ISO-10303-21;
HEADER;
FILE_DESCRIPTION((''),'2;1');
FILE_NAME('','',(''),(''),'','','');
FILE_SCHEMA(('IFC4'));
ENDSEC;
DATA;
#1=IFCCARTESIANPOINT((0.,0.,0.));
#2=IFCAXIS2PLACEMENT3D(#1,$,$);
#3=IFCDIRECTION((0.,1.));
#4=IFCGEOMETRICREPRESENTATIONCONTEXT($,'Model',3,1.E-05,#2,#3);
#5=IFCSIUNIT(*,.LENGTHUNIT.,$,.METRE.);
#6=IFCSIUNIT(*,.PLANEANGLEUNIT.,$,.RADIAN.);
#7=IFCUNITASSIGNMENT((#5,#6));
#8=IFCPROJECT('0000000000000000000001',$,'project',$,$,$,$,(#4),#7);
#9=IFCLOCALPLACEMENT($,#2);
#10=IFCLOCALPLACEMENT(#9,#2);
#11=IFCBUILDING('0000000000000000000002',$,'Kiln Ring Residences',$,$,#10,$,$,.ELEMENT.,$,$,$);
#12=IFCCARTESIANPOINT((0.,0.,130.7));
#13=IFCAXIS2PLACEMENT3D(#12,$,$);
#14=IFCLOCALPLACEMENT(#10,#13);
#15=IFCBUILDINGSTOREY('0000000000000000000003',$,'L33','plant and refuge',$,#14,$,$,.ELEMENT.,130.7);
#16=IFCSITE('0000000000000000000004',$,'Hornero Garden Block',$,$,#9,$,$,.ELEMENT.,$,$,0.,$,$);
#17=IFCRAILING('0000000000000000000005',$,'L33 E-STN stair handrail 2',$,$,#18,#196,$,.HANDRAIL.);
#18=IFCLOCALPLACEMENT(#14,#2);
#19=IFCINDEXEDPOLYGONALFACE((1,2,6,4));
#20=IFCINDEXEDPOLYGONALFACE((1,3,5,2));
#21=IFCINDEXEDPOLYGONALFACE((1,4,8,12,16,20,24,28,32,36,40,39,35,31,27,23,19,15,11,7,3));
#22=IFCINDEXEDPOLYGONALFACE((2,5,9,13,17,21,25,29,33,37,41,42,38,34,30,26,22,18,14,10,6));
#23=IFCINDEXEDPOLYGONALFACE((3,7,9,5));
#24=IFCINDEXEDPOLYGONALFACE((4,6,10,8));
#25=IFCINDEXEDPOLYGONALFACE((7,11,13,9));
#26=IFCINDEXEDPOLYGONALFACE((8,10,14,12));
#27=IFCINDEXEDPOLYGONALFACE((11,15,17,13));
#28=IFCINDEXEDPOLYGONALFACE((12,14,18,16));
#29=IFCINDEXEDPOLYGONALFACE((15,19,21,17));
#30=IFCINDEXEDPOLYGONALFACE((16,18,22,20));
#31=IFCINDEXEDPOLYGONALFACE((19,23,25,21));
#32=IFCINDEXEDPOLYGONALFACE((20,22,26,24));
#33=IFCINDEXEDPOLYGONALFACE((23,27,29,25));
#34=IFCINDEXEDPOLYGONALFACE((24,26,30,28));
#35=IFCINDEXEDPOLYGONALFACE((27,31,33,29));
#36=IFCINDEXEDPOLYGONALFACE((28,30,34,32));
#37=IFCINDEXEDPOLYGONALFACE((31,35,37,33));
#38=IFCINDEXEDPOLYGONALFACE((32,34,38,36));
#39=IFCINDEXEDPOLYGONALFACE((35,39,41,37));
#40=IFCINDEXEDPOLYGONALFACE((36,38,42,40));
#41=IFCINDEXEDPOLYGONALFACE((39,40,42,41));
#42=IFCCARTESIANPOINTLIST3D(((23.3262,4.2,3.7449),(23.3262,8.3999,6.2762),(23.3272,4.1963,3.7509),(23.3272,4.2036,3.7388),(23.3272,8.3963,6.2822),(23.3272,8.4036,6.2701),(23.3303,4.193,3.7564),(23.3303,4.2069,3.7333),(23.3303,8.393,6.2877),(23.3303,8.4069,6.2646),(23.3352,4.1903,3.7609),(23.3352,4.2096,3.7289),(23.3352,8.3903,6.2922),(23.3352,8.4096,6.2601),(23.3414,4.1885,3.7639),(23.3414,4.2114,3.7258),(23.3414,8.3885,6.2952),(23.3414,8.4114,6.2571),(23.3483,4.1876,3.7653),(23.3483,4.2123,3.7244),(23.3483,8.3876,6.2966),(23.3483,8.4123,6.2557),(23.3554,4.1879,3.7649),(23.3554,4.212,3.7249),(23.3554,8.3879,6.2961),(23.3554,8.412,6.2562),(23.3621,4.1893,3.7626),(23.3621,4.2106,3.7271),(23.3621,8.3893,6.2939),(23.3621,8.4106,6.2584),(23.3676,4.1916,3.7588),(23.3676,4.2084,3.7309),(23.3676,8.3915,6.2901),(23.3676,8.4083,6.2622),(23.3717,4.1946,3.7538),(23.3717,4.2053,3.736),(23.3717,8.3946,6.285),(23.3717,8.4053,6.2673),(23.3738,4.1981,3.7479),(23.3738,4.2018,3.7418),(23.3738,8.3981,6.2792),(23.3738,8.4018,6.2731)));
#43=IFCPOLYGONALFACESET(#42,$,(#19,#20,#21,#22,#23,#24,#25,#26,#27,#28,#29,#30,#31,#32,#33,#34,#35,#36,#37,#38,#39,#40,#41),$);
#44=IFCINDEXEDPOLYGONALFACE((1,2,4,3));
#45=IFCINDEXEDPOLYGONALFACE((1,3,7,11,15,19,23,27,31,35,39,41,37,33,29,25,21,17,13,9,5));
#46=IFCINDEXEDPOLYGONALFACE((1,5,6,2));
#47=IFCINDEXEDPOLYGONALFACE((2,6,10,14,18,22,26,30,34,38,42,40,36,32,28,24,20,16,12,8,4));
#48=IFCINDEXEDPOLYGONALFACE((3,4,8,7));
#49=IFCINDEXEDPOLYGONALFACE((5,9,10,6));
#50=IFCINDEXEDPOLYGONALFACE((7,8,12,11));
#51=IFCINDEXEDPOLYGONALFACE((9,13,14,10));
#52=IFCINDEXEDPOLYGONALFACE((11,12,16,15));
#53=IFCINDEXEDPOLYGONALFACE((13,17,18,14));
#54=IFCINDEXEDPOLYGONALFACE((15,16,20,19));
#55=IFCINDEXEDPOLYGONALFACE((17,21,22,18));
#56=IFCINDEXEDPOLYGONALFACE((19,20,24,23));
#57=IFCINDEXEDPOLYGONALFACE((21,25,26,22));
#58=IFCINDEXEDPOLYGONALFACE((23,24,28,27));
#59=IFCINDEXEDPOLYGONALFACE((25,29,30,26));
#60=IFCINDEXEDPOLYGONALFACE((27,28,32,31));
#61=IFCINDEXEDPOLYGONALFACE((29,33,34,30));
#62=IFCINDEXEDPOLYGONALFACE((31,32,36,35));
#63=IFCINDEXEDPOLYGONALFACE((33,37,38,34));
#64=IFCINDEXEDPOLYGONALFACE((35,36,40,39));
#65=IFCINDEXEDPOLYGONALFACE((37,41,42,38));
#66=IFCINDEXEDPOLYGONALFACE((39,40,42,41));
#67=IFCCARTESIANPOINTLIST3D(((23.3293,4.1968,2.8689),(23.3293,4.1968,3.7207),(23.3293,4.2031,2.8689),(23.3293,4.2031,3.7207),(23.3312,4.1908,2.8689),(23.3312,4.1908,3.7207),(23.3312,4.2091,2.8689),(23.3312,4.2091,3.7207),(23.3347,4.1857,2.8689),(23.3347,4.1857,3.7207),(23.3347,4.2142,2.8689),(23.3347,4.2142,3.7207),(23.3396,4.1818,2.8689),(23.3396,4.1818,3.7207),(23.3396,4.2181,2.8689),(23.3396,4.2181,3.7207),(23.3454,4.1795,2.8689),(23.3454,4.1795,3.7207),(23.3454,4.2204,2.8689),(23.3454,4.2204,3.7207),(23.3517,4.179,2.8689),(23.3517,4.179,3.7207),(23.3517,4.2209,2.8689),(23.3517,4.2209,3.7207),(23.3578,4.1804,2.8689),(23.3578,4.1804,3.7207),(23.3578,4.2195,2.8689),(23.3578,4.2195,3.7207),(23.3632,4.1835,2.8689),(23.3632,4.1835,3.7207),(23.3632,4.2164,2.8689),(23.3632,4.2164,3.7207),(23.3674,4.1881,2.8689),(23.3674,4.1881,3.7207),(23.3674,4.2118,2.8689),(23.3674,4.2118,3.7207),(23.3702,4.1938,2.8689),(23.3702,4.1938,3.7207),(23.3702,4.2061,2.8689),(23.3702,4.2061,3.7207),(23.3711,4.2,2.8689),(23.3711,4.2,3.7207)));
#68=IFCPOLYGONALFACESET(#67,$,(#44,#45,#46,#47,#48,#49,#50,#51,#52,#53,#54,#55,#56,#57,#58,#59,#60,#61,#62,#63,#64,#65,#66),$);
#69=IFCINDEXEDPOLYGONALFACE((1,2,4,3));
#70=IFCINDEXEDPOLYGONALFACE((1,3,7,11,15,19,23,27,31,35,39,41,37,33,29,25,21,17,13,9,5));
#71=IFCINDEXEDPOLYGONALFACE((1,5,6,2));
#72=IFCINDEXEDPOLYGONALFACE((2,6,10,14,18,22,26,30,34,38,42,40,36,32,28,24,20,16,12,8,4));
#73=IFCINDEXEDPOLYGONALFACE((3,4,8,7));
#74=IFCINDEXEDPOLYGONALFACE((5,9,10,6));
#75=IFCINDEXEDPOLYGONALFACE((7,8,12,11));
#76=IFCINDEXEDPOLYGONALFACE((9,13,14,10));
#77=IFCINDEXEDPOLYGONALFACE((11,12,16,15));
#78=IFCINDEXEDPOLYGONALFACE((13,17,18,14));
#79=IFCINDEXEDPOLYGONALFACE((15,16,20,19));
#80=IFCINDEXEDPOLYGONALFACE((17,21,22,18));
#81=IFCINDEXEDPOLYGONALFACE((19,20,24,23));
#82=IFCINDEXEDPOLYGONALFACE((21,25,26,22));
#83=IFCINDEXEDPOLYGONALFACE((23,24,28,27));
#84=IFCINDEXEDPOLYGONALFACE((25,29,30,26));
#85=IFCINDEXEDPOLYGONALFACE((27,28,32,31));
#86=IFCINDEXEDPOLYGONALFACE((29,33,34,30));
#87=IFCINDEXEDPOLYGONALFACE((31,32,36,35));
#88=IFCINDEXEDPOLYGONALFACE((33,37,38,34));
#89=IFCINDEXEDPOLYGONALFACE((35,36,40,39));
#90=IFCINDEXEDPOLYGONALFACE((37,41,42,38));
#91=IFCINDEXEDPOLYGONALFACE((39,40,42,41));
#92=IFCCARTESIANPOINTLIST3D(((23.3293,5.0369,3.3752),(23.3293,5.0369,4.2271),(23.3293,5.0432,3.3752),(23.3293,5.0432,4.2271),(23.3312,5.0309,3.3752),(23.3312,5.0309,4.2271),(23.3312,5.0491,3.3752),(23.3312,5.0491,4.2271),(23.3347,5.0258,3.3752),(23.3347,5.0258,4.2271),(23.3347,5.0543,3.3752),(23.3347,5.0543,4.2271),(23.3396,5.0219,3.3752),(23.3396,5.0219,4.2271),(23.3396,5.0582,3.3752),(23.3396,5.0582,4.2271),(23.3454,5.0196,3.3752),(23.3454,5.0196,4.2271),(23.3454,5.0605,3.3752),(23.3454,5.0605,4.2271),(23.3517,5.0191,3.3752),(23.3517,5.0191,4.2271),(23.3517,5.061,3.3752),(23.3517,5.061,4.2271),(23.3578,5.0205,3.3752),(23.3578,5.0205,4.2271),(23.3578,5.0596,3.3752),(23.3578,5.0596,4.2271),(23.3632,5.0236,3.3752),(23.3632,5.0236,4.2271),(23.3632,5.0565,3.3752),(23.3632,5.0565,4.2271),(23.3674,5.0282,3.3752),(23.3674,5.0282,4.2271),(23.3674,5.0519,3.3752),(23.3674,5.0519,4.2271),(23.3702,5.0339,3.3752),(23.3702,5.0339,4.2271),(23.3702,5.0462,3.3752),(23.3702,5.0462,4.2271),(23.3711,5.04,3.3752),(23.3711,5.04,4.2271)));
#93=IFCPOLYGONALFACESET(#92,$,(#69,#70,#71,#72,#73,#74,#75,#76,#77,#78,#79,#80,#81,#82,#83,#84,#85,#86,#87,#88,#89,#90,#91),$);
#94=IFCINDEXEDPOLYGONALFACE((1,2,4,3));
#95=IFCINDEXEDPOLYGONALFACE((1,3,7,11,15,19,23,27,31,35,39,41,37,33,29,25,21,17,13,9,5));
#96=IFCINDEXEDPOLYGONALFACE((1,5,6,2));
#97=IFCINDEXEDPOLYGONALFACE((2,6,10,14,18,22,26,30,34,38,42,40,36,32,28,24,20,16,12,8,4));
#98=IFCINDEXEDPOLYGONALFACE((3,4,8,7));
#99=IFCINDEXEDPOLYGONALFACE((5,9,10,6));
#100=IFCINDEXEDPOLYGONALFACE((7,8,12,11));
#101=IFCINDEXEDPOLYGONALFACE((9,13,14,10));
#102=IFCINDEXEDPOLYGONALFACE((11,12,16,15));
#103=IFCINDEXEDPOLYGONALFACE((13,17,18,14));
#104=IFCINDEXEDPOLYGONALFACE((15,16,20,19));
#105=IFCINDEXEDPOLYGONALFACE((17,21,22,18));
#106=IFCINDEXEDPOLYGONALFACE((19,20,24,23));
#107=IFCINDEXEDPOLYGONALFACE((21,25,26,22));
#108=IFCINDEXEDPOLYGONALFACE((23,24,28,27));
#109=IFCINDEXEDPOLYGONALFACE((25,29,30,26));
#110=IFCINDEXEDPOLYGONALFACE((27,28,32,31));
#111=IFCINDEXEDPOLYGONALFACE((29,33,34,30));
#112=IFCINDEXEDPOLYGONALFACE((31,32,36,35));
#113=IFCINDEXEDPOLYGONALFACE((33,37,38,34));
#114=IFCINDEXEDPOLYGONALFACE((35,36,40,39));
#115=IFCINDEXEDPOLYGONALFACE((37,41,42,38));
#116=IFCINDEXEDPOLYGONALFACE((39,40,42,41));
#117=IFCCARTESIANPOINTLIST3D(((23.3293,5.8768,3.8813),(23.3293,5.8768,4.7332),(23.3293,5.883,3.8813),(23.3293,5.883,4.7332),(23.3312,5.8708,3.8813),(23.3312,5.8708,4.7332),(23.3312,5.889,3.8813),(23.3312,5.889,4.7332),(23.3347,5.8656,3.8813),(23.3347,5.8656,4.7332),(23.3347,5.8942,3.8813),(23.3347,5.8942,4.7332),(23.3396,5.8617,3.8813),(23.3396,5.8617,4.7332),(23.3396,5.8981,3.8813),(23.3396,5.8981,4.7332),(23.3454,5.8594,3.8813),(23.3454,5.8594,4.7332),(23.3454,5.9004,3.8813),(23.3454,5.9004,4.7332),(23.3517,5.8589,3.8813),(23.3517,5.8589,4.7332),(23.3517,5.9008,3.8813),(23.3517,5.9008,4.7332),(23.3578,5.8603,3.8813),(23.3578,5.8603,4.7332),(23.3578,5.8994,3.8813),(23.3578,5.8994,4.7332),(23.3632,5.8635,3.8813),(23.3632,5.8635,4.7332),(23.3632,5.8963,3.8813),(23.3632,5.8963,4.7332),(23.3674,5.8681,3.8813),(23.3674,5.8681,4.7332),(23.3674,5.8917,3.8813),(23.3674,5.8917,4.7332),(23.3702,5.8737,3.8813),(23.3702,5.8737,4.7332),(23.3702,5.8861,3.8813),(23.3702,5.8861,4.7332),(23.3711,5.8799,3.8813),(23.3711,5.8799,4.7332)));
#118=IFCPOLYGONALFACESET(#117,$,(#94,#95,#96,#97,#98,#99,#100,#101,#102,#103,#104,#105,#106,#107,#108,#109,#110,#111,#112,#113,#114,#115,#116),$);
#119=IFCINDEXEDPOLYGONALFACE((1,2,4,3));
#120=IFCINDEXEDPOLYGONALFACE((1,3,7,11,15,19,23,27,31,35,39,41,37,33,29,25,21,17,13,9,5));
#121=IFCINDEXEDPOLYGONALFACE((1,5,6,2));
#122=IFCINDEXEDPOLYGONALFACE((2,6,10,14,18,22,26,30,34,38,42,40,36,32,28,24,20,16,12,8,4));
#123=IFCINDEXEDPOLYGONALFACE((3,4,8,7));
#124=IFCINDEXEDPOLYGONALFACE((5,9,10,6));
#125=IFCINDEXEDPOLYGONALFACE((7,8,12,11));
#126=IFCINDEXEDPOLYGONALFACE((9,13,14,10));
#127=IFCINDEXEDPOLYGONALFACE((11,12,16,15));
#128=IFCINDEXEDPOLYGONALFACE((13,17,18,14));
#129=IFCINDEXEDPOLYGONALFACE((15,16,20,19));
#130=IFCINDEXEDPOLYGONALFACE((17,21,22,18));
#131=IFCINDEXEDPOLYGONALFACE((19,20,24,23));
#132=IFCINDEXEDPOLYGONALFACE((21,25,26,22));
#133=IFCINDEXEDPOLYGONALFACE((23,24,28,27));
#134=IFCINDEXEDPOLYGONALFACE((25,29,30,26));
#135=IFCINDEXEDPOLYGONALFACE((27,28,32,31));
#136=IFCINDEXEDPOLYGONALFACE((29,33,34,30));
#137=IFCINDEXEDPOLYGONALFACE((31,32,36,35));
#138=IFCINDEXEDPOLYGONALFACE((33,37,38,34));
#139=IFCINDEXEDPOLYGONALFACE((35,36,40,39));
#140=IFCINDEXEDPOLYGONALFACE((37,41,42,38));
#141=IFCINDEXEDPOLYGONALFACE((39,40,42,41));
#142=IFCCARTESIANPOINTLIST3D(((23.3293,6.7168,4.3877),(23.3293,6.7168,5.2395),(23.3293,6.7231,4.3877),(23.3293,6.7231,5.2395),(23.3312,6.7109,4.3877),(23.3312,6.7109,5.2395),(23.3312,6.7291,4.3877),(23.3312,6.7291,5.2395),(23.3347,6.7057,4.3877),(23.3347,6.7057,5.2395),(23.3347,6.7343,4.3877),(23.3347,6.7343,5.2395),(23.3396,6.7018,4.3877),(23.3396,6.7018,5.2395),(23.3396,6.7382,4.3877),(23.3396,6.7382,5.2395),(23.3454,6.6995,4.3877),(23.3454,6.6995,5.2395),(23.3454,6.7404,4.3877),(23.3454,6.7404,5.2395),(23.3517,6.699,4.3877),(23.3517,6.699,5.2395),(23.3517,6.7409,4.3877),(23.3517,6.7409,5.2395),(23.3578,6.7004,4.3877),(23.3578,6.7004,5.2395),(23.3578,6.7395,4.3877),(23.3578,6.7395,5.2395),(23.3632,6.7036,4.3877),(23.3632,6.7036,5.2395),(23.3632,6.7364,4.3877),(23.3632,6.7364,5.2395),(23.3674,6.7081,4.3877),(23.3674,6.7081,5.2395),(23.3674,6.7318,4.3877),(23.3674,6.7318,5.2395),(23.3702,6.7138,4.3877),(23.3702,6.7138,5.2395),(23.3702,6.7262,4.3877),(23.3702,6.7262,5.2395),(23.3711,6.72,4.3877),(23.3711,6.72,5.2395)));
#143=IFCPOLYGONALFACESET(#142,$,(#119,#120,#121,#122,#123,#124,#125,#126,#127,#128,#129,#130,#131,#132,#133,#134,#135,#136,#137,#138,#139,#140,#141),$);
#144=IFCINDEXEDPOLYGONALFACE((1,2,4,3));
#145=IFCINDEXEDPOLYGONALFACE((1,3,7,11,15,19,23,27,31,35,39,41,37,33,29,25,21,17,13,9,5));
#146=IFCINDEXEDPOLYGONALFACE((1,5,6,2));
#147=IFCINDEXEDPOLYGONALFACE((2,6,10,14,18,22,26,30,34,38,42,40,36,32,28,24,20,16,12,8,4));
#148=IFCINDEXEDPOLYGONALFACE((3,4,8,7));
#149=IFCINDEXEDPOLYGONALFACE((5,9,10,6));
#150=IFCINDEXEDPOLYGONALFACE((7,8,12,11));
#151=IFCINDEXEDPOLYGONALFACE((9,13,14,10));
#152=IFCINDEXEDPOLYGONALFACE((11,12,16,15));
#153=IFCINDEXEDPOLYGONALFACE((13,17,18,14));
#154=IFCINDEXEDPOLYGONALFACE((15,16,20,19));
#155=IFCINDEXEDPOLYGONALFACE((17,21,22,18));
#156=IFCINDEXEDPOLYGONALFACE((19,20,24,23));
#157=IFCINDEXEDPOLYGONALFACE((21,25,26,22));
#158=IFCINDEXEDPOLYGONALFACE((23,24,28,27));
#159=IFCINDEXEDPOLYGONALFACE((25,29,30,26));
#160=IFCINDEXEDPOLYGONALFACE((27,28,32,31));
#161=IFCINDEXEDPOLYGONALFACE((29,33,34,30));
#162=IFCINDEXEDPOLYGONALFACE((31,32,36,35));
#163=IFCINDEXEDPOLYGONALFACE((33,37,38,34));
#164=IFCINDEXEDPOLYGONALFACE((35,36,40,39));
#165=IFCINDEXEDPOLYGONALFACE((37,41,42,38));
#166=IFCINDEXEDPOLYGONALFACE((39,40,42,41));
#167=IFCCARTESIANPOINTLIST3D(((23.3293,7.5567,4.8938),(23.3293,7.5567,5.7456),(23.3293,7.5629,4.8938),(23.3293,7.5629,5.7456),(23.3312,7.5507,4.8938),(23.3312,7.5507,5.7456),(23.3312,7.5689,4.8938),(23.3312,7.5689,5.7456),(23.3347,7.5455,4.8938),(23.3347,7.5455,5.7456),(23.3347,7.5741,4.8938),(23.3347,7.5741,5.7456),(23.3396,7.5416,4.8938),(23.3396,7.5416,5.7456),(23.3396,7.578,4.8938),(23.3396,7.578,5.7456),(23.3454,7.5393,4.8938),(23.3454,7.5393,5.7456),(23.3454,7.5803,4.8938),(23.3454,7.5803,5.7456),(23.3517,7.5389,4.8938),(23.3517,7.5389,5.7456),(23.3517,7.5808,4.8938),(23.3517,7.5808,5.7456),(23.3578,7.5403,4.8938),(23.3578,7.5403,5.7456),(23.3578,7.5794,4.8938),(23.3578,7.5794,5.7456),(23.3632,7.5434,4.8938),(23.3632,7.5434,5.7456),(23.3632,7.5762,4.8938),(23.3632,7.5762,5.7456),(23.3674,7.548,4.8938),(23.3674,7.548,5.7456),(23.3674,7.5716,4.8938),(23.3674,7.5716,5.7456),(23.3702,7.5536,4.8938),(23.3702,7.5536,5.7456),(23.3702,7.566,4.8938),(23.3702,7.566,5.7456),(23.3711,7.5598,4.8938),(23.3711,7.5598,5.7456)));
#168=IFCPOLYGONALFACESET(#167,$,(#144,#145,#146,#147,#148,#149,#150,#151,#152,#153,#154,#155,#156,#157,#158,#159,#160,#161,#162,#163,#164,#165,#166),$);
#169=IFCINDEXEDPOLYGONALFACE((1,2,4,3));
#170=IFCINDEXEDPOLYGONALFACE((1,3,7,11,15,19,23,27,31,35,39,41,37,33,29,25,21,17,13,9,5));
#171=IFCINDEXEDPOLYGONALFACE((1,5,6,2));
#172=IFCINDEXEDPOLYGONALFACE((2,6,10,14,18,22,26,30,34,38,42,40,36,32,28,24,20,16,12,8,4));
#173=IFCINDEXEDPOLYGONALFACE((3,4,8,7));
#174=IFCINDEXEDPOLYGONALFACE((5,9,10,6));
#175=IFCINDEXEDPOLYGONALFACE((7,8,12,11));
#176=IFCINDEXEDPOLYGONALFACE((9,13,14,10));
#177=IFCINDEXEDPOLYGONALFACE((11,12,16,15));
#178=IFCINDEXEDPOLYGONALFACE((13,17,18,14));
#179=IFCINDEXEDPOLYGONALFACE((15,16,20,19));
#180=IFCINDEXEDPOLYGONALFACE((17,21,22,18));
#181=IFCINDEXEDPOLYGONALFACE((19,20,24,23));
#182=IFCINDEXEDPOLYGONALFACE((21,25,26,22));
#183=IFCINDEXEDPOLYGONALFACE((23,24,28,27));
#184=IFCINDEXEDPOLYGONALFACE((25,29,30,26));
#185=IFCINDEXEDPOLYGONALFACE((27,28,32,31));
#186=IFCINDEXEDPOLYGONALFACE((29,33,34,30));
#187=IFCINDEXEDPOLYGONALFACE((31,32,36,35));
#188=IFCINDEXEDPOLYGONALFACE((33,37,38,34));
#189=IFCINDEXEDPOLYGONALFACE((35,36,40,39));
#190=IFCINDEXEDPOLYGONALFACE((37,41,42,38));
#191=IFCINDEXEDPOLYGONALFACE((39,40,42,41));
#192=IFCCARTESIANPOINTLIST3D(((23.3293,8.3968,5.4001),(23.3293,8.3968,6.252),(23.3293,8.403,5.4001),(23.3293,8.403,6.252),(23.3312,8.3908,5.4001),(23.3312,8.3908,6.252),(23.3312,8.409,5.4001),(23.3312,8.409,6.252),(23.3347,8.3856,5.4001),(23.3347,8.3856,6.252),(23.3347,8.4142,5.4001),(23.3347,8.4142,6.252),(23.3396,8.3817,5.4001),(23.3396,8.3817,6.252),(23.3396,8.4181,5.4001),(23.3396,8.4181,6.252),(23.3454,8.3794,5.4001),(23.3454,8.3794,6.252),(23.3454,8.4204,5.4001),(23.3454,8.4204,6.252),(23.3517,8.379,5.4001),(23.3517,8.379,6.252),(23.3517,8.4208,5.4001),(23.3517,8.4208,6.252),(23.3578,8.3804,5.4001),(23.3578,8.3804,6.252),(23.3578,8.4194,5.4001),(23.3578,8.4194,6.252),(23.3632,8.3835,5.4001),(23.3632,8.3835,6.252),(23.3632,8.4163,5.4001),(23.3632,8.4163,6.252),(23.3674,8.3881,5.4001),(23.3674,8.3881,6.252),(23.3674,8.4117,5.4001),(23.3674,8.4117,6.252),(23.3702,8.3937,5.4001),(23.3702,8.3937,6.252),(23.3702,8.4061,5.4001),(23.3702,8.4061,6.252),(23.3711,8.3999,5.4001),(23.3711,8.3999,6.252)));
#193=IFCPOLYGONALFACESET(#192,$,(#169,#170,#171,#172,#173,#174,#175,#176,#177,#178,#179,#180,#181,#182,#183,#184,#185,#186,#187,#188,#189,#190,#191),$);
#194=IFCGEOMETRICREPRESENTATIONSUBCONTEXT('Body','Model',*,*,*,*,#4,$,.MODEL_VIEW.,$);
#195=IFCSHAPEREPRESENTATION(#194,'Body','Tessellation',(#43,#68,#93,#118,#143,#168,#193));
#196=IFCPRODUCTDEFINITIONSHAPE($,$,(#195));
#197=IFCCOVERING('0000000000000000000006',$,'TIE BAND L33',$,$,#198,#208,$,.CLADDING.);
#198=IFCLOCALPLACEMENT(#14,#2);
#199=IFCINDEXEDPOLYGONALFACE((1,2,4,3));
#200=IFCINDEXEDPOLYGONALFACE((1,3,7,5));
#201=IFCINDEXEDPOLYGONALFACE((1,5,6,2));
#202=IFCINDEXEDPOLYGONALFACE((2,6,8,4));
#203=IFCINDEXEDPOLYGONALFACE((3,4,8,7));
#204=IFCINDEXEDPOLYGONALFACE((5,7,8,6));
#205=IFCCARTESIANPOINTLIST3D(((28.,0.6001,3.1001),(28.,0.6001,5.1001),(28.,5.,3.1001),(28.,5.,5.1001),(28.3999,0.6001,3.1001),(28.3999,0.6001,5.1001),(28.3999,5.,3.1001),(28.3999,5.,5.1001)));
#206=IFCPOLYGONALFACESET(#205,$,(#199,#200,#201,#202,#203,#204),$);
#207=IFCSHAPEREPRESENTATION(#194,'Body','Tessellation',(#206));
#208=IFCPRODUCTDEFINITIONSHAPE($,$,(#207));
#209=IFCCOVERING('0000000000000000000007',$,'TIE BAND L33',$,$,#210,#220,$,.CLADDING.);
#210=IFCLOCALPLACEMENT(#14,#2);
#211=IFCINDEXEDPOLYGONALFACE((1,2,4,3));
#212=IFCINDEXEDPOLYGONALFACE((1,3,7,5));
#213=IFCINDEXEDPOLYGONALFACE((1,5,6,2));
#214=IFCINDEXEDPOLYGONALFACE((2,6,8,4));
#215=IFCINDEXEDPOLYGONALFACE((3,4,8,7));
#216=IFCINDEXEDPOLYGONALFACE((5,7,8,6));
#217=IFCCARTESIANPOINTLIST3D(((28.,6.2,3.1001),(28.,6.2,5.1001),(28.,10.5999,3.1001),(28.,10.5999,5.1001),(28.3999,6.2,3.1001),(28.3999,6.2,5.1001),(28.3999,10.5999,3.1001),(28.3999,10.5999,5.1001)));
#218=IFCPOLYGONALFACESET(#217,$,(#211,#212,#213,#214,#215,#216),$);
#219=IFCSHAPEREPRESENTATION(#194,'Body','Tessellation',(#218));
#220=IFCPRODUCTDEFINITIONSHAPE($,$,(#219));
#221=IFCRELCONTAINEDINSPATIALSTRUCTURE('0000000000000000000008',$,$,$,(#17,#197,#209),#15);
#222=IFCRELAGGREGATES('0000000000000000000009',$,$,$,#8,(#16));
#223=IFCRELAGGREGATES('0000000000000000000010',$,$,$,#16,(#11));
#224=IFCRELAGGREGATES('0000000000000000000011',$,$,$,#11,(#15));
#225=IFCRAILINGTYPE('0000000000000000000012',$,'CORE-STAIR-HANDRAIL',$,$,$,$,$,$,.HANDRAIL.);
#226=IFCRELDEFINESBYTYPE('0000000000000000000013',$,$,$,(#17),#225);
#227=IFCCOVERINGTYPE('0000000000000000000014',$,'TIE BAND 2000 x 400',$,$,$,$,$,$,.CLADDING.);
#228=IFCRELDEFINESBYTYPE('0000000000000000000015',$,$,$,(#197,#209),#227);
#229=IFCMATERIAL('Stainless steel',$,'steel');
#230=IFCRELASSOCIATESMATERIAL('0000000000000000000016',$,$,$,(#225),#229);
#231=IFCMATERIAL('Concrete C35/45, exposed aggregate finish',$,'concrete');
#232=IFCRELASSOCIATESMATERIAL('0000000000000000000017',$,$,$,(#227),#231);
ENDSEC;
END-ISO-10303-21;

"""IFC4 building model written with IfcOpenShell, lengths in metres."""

from ifc_helpers import new_model, si_unit, direction, frame, origin, origin_2d, place, context, subcontext, project, spatial, rectangle, circle, extrude, material, type_object, element, save


model = new_model("IFC4")

# Units and contexts
model_context = context("Model", 3, precision=1e-05, world=origin(), true_north=direction((0.0, 1.0)))
body_context = subcontext(model_context, "Body", "Model", "MODEL_VIEW")
ifc_project = project(units=[si_unit("LENGTHUNIT", "METRE"), si_unit("PLANEANGLEUNIT", "RADIAN")], contexts=[model_context])

# Site, building, storey
site_placement = place(None, origin())
site = spatial("IfcSite", under=ifc_project, at=site_placement, Name="Hornero Garden Block", CompositionType="ELEMENT", RefElevation=0.0)
building_placement = place(site_placement, origin())
building = spatial("IfcBuilding", under=site, at=building_placement, Name="Kiln Ring Residences", CompositionType="ELEMENT")
storey_placement = place(building_placement, frame((0.0, 0.0, 130.7)))
storey = spatial("IfcBuildingStorey", under=building, at=storey_placement, Name="L33", Description="plant and refuge", CompositionType="ELEMENT", Elevation=130.7)

# Railing
ifc_material_1 = material(Name="Stainless steel", Category="steel")
railing_type_1 = type_object("IfcRailingType", Name="CORE-STAIR-HANDRAIL", PredefinedType="HANDRAIL", material=ifc_material_1)
railing_1_placement = place(storey_placement, frame((23.3501, 4.2, 2.8689)))
element("IfcRailing", 1, at=railing_1_placement, inside=storey, type_object=railing_type_1, Name="L33 E-STN stair handrail 2", PredefinedType="HANDRAIL", context=body_context, shape_type="SweptSolid", body=[
    extrude(circle(Radius=0.0239, at=origin_2d()), frame((0.0, 0.0, 0.876), z_axis=(0.0, 0.856476, 0.516186), x_axis=(-1.0, 0.0, 0.0)), (0.0, 0.0, 1.0), 4.9038),
    extrude(circle(Radius=0.021, at=origin_2d()), origin(), (0.0, 0.0, 1.0), 0.8518),
    extrude(circle(Radius=0.021, at=origin_2d()), frame((0.0, 0.8401, 0.5063)), (0.0, 0.0, 1.0), 0.8518),
    extrude(circle(Radius=0.021, at=origin_2d()), frame((0.0, 1.6799, 1.0125)), (0.0, 0.0, 1.0), 0.8518),
    extrude(circle(Radius=0.021, at=origin_2d()), frame((0.0, 2.52, 1.5188)), (0.0, 0.0, 1.0), 0.8518),
    extrude(circle(Radius=0.021, at=origin_2d()), frame((0.0, 3.3599, 2.0249)), (0.0, 0.0, 1.0), 0.8518),
    extrude(circle(Radius=0.021, at=origin_2d()), frame((0.0, 4.2, 2.5312)), (0.0, 0.0, 1.0), 0.8518),
])

# Coverings
ifc_material_2 = material(Name="Concrete C35/45, exposed aggregate finish", Category="concrete")
covering_type = type_object("IfcCoveringType", Name="TIE BAND 2000 x 400", PredefinedType="CLADDING", material=ifc_material_2)
for number, where, z_axis, x_axis, name in (
    (2, (28.2, 2.8, 3.1001), (0.0, 0.0, 1.0), (0.0, 1.0, 0.0), "TIE BAND L33"),
    (3, (28.2, 8.3999, 3.1001), (0.0, 0.0, 1.0), (0.0, 1.0, 0.0), "TIE BAND L33"),
):
    element("IfcCovering", number, at=place(storey_placement, frame(where, z_axis=z_axis, x_axis=x_axis)), inside=storey, type_object=covering_type, Name=name, PredefinedType="CLADDING", context=body_context, shape_type="SweptSolid", body=[
        extrude(rectangle(XDim=4.3999, YDim=0.3999, at=origin_2d()), origin(), (0.0, 0.0, 1.0), 2.0),
    ])

save(model, "model.ifc")
